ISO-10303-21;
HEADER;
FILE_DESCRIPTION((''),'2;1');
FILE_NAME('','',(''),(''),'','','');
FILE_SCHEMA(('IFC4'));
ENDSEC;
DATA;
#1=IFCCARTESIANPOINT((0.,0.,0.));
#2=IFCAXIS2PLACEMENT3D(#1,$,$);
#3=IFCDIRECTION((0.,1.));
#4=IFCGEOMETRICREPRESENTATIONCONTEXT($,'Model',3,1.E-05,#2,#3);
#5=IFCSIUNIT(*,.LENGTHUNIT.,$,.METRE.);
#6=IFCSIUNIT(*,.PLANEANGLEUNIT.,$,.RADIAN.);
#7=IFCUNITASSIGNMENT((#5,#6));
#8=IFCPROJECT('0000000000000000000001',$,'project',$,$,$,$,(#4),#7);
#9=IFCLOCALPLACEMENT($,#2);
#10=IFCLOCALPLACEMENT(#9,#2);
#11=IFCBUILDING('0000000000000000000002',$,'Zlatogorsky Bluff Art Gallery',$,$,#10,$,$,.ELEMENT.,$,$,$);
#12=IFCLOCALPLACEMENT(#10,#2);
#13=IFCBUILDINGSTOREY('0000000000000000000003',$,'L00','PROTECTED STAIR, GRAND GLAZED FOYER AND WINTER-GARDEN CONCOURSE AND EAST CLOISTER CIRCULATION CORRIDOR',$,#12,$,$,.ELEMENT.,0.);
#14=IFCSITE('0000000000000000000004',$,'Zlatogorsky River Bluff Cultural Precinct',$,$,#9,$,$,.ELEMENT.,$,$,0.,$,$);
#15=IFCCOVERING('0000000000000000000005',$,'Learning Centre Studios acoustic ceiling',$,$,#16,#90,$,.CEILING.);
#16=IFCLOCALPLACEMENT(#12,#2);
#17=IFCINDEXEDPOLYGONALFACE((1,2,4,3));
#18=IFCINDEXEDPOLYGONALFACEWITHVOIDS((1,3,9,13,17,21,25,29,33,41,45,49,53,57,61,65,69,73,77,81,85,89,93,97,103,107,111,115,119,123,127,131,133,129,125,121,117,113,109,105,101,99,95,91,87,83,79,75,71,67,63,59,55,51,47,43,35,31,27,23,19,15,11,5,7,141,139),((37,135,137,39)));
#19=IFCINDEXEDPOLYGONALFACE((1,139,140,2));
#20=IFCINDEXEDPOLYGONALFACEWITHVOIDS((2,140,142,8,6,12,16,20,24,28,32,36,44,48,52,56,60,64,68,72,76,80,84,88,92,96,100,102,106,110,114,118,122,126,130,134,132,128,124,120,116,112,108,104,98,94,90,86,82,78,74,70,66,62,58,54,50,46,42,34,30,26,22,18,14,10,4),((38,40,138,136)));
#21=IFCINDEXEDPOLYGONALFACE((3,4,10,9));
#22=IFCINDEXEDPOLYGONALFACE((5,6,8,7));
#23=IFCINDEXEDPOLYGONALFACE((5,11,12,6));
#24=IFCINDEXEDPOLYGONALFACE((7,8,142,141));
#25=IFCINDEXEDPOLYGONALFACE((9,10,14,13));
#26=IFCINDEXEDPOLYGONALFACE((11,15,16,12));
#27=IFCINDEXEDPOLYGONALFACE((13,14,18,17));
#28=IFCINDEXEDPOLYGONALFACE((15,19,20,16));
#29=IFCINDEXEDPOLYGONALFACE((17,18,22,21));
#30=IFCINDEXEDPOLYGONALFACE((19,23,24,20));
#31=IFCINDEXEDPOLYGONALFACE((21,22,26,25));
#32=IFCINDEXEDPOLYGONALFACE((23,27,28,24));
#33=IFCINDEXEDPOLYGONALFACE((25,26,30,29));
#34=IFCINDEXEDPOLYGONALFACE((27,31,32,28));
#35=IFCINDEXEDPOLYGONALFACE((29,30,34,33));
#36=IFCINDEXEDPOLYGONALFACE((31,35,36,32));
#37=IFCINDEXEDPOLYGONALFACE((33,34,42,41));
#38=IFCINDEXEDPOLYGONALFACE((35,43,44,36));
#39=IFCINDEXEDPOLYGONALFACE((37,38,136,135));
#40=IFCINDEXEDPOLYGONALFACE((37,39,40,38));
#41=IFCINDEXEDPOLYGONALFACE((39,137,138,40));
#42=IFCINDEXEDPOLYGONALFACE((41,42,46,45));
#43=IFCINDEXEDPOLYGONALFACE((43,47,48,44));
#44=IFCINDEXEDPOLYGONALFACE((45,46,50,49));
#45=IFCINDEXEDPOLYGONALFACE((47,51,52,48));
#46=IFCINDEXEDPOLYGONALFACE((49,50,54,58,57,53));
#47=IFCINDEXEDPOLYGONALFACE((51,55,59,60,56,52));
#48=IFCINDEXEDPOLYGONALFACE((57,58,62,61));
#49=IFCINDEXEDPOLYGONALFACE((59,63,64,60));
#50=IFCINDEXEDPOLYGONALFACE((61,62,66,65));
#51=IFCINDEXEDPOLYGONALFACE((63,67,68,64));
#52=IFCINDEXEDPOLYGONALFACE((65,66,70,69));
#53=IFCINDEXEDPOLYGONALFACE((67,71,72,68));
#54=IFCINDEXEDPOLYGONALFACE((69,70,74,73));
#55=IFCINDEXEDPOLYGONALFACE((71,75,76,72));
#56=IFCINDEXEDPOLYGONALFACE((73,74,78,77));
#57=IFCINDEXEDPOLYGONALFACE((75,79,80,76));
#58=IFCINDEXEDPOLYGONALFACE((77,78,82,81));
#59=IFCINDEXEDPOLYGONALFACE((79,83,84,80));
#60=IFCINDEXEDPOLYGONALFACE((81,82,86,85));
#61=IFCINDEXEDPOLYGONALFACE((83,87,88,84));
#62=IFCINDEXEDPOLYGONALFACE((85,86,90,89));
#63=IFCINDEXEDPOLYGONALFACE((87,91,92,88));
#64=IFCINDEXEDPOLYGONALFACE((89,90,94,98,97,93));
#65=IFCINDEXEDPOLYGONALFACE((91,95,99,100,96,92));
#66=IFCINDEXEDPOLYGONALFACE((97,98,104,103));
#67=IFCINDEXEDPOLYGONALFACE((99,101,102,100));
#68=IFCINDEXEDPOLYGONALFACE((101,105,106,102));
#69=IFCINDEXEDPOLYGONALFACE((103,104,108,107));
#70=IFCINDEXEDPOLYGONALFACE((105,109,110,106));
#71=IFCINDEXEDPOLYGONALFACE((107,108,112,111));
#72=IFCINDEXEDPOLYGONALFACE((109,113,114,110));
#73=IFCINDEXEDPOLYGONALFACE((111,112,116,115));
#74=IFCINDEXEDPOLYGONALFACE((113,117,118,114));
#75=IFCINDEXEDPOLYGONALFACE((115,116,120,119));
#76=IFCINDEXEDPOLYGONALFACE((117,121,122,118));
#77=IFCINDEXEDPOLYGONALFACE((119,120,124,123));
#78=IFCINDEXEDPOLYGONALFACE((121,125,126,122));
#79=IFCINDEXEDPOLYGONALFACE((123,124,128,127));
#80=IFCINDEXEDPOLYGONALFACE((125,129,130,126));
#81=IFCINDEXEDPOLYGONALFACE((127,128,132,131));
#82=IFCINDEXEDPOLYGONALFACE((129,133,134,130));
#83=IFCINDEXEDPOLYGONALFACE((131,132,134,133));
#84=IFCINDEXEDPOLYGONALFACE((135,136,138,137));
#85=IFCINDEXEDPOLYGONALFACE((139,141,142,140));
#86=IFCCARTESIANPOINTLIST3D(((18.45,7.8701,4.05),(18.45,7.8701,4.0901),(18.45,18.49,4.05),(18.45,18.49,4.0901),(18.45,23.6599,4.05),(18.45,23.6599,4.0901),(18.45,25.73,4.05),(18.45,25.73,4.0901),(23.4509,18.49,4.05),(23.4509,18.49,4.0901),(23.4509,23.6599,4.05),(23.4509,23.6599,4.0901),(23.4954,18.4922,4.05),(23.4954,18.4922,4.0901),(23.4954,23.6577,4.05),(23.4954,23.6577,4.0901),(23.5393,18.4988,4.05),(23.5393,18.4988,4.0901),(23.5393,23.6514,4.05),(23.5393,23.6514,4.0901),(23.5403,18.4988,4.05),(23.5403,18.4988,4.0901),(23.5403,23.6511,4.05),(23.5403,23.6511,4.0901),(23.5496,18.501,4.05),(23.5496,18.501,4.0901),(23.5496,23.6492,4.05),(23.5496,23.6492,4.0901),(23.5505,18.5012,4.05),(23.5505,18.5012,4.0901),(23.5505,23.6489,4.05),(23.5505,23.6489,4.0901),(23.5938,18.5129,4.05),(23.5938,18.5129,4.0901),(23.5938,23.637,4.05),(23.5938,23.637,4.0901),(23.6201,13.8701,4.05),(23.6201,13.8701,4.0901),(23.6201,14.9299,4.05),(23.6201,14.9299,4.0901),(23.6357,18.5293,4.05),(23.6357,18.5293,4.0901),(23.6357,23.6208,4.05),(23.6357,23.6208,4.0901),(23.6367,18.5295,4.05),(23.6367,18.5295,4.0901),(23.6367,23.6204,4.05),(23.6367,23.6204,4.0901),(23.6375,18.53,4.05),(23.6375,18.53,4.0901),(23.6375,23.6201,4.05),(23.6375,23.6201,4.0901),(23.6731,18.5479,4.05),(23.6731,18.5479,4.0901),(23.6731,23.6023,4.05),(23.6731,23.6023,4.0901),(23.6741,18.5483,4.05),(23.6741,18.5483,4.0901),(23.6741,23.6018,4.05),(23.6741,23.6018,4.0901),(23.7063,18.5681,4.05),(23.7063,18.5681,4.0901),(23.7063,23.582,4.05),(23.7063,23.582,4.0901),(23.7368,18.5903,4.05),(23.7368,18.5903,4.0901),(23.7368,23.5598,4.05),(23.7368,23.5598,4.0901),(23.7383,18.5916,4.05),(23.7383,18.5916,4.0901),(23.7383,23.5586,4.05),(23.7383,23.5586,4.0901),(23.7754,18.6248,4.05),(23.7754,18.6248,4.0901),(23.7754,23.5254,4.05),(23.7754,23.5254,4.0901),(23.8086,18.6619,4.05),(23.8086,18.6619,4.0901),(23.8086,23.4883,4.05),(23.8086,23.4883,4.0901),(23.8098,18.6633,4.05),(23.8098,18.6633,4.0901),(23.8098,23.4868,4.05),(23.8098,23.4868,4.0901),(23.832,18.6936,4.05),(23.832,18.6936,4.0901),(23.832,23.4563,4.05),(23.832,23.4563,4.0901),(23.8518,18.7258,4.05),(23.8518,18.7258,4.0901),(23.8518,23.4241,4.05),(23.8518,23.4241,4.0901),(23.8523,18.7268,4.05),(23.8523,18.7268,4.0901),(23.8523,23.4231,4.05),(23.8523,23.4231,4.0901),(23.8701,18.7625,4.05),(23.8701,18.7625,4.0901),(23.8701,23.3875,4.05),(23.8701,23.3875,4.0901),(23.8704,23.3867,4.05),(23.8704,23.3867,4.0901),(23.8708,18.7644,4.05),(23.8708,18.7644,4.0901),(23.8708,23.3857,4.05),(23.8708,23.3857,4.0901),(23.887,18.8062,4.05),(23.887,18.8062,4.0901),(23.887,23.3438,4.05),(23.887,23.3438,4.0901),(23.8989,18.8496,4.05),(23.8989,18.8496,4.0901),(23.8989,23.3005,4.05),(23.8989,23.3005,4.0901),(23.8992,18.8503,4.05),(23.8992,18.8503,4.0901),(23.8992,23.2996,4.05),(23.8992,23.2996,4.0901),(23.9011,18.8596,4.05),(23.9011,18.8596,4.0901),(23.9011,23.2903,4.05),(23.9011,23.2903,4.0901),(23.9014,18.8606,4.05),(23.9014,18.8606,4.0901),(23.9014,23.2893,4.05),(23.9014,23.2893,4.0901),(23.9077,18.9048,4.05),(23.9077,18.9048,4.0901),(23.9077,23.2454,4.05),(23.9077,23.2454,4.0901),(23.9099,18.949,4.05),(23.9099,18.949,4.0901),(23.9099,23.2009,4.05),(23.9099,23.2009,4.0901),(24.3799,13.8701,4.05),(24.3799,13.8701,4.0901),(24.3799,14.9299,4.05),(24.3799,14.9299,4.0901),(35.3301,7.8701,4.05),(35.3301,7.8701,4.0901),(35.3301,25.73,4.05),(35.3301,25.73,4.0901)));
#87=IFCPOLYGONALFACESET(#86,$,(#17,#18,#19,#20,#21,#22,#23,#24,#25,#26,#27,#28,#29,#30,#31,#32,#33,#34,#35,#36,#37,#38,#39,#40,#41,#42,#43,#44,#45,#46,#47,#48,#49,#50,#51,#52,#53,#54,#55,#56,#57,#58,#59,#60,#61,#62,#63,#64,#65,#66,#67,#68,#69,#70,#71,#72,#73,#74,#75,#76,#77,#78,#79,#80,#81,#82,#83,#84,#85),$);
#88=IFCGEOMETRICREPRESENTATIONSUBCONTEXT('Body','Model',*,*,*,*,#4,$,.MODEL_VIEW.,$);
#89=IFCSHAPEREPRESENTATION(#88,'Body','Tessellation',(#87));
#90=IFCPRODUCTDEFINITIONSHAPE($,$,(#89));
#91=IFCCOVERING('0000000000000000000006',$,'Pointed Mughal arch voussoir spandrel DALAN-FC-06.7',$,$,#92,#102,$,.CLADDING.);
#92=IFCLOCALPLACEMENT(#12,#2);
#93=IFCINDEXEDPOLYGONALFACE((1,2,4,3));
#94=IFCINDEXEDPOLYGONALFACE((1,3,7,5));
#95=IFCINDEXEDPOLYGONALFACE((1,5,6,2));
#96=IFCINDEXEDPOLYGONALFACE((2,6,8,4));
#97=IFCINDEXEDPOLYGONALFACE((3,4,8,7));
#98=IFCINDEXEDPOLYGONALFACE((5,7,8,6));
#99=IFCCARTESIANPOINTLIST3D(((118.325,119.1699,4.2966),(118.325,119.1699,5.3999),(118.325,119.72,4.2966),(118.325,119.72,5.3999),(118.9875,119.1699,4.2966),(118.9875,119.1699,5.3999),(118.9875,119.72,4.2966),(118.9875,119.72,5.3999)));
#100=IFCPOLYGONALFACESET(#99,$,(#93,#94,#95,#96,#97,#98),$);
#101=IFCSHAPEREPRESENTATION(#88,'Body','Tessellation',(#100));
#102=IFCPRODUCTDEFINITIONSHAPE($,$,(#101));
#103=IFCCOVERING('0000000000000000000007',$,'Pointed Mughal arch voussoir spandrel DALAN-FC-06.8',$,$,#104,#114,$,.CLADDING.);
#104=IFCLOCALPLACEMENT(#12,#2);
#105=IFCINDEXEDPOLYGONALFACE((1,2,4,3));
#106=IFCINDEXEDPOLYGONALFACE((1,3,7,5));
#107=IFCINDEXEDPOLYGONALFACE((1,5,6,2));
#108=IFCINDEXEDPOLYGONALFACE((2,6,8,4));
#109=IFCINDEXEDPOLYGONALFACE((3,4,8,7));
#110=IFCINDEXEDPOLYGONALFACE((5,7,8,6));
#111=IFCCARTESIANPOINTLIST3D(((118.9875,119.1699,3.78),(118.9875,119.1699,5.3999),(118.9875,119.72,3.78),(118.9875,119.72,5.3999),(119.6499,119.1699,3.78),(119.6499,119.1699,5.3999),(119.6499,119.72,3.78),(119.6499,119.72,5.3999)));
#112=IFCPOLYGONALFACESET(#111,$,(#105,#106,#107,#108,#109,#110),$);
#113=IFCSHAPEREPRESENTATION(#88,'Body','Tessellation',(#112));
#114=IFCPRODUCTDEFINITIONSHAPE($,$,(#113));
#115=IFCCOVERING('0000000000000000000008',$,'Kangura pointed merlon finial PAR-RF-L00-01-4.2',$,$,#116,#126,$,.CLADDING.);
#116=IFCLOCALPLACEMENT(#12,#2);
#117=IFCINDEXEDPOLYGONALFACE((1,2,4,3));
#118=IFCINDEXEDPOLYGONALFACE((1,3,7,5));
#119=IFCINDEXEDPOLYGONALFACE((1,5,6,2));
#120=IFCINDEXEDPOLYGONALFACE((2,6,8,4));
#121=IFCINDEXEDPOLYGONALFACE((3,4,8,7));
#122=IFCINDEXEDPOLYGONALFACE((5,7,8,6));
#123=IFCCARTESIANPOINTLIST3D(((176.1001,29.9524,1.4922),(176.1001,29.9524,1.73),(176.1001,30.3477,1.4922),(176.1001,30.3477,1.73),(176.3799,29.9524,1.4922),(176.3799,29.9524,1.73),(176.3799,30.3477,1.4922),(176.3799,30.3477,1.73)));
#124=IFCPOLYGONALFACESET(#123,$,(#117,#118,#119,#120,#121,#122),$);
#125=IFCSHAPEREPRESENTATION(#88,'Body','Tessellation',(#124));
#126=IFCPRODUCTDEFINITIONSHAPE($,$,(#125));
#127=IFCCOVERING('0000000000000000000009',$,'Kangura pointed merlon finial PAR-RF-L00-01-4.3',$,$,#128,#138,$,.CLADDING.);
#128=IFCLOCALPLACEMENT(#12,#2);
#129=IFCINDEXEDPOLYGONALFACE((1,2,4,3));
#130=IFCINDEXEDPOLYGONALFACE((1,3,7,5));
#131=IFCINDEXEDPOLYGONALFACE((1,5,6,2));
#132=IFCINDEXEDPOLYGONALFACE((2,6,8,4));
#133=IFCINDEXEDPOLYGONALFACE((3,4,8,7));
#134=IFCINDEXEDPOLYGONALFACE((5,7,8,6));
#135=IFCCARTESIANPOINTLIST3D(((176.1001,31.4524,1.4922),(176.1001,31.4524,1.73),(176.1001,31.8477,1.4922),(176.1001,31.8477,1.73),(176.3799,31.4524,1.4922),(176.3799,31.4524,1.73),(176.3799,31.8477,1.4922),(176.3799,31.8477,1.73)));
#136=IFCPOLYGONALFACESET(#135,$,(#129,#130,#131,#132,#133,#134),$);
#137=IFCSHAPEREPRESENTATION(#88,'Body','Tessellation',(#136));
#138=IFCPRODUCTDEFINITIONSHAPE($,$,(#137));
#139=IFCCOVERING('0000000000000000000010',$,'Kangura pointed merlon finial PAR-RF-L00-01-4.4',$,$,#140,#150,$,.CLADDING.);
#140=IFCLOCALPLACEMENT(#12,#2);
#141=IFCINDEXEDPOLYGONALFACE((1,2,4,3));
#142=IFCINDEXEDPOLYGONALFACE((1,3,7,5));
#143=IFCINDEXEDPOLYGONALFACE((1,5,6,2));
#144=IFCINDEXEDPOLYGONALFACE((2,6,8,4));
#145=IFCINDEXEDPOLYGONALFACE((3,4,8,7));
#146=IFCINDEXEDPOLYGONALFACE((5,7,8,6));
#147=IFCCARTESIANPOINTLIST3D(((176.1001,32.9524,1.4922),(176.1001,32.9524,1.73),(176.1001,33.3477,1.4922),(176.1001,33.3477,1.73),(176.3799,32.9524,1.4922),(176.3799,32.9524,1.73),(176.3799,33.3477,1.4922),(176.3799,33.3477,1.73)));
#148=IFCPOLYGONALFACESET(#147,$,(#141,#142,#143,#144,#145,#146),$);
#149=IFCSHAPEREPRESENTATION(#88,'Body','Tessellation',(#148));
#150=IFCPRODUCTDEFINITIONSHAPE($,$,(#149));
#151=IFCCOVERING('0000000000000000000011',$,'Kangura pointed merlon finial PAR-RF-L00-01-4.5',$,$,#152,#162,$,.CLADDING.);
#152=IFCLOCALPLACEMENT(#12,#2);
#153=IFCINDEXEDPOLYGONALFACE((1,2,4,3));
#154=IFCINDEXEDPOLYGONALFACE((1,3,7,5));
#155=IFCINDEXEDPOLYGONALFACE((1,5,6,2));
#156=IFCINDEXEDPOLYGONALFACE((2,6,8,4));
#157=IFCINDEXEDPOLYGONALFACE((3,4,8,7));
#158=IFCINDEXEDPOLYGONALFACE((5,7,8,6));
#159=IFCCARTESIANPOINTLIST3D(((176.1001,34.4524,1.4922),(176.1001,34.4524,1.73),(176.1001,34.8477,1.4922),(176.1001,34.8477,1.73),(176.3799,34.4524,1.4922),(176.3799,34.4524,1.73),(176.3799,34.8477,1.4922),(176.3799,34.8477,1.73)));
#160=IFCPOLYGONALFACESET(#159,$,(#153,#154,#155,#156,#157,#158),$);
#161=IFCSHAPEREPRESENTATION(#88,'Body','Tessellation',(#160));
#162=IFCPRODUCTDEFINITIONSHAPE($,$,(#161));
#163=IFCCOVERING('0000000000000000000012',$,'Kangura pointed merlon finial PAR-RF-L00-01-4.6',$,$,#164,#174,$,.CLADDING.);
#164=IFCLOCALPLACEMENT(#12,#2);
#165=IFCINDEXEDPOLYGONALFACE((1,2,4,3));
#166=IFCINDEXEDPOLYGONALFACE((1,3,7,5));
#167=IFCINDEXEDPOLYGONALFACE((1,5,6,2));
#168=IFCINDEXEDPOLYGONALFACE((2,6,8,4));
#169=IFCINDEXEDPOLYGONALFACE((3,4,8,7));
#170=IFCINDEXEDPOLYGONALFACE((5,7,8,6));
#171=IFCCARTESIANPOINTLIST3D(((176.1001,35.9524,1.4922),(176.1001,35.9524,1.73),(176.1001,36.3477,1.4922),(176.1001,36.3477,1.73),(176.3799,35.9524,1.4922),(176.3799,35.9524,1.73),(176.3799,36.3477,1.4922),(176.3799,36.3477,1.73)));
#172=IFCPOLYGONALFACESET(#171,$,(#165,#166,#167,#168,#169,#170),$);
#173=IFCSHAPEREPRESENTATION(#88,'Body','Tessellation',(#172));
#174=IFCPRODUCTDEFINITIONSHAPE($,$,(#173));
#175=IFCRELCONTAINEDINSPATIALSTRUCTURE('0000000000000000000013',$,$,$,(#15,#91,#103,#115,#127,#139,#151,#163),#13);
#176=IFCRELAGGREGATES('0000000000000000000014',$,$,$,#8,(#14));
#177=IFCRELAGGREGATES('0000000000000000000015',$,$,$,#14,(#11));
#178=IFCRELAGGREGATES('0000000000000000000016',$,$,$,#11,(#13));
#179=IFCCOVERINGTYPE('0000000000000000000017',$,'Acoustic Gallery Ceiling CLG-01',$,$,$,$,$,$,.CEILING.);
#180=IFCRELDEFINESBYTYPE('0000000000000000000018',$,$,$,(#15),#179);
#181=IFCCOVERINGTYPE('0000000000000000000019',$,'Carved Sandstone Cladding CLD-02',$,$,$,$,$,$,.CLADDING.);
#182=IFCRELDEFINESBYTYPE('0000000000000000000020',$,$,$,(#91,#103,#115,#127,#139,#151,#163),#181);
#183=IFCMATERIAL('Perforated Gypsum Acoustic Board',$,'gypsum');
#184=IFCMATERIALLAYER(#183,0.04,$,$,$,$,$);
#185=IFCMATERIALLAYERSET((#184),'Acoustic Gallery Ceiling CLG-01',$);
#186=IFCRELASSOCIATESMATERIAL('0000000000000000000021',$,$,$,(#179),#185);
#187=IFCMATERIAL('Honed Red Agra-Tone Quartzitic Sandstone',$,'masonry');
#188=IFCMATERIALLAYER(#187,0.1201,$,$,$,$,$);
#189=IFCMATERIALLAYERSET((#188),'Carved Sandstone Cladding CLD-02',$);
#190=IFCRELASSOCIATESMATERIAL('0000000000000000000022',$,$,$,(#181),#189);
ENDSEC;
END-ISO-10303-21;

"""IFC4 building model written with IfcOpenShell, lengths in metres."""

from ifc_helpers import new_model, si_unit, direction, frame, origin, place, context, subcontext, project, spatial, polyline, outline, extrude, material, layer, layer_set, type_object, element, save


model = new_model("IFC4")

# Units and contexts
model_context = context("Model", 3, precision=1e-05, world=origin(), true_north=direction((0.0, 1.0)))
body_context = subcontext(model_context, "Body", "Model", "MODEL_VIEW")
ifc_project = project(units=[si_unit("LENGTHUNIT", "METRE"), si_unit("PLANEANGLEUNIT", "RADIAN")], contexts=[model_context])

# Site, building, storey
site_placement = place(None, origin())
site = spatial("IfcSite", under=ifc_project, at=site_placement, Name="Zlatogorsky River Bluff Cultural Precinct", CompositionType="ELEMENT", RefElevation=0.0)
building_placement = place(site_placement, origin())
building = spatial("IfcBuilding", under=site, at=building_placement, Name="Zlatogorsky Bluff Art Gallery", CompositionType="ELEMENT")
storey_placement = place(building_placement, origin())
storey = spatial("IfcBuildingStorey", under=building, at=storey_placement, Name="L00", Description="PROTECTED STAIR, GRAND GLAZED FOYER AND WINTER-GARDEN CONCOURSE AND EAST CLOISTER CIRCULATION CORRIDOR", CompositionType="ELEMENT", Elevation=0.0)

# Coverings
ifc_material_1 = material(Name="Perforated Gypsum Acoustic Board", Category="gypsum")
ifc_layer_1 = layer(ifc_material_1, 0.04)
ifc_layer_set_1 = layer_set([ifc_layer_1], Name="Acoustic Gallery Ceiling CLG-01")
covering_type_1 = type_object("IfcCoveringType", Name="Acoustic Gallery Ceiling CLG-01", PredefinedType="CEILING", material=ifc_layer_set_1)
covering_1_placement = place(storey_placement, frame((0.0, 0.0, 4.05)))
element("IfcCovering", 1, at=covering_1_placement, inside=storey, type_object=covering_type_1, Name="Learning Centre Studios acoustic ceiling", PredefinedType="CEILING", context=body_context, shape_type="SweptSolid", body=[
    extrude(outline(polyline([(35.3301, 7.8701), (18.45, 7.8701), (18.45, 18.49), (23.4509, 18.49), (23.4954, 18.4922), (23.5393, 18.4988), (23.5403, 18.4988), (23.5496, 18.501), (23.5505, 18.5012), (23.5938, 18.5129), (23.6357, 18.5293), (23.6367, 18.5295), (23.6375, 18.53), (23.6731, 18.5479), (23.6741, 18.5483), (23.7063, 18.5681), (23.7368, 18.5903), (23.7383, 18.5916), (23.7754, 18.6248), (23.8086, 18.6619), (23.8098, 18.6633), (23.832, 18.6936), (23.8518, 18.7258), (23.8523, 18.7268), (23.8701, 18.7625), (23.8708, 18.7644), (23.887, 18.8062), (23.8989, 18.8496), (23.8992, 18.8503), (23.9011, 18.8596), (23.9014, 18.8606), (23.9077, 18.9048), (23.9099, 18.949), (23.9099, 23.2009), (23.9077, 23.2454), (23.9014, 23.2893), (23.9011, 23.2903), (23.8992, 23.2996), (23.8989, 23.3005), (23.887, 23.3438), (23.8708, 23.3857), (23.8704, 23.3867), (23.8701, 23.3875), (23.8523, 23.4231), (23.8518, 23.4241), (23.832, 23.4563), (23.8098, 23.4868), (23.8086, 23.4883), (23.7754, 23.5254), (23.7383, 23.5586), (23.7368, 23.5598), (23.7063, 23.582), (23.6741, 23.6018), (23.6731, 23.6023), (23.6375, 23.6201), (23.6367, 23.6204), (23.6357, 23.6208), (23.5938, 23.637), (23.5505, 23.6489), (23.5496, 23.6492), (23.5403, 23.6511), (23.5393, 23.6514), (23.4954, 23.6577), (23.4509, 23.6599), (18.45, 23.6599), (18.45, 25.73), (35.3301, 25.73), (35.3301, 7.8701)]), holes=[polyline([(23.6201, 13.8701), (24.3799, 13.8701), (24.3799, 14.9299), (23.6201, 14.9299), (23.6201, 13.8701)])]), origin(), (0.0, 0.0, 1.0), 0.04),
])
ifc_material_2 = material(Name="Honed Red Agra-Tone Quartzitic Sandstone", Category="masonry")
ifc_layer_2 = layer(ifc_material_2, 0.1201)
ifc_layer_set_2 = layer_set([ifc_layer_2], Name="Carved Sandstone Cladding CLD-02")
covering_type_2 = type_object("IfcCoveringType", Name="Carved Sandstone Cladding CLD-02", PredefinedType="CLADDING", material=ifc_layer_set_2)
covering_2_placement = place(storey_placement, frame((0.0, 0.0, 4.2966)))
element("IfcCovering", 2, at=covering_2_placement, inside=storey, type_object=covering_type_2, Name="Pointed Mughal arch voussoir spandrel DALAN-FC-06.7", PredefinedType="CLADDING", context=body_context, shape_type="SweptSolid", body=[
    extrude(outline(polyline([(118.325, 119.1699), (118.9875, 119.1699), (118.9875, 119.72), (118.325, 119.72), (118.325, 119.1699)])), origin(), (0.0, 0.0, 1.0), 1.1033),
])
covering_3_placement = place(storey_placement, frame((0.0, 0.0, 3.78)))
element("IfcCovering", 3, at=covering_3_placement, inside=storey, type_object=covering_type_2, Name="Pointed Mughal arch voussoir spandrel DALAN-FC-06.8", PredefinedType="CLADDING", context=body_context, shape_type="SweptSolid", body=[
    extrude(outline(polyline([(118.9875, 119.1699), (119.6499, 119.1699), (119.6499, 119.72), (118.9875, 119.72), (118.9875, 119.1699)])), origin(), (0.0, 0.0, 1.0), 1.6199),
])
covering_4_placement = place(storey_placement, frame((0.0, 0.0, 1.4922)))
element("IfcCovering", 4, at=covering_4_placement, inside=storey, type_object=covering_type_2, Name="Kangura pointed merlon finial PAR-RF-L00-01-4.2", PredefinedType="CLADDING", context=body_context, shape_type="SweptSolid", body=[
    extrude(outline(polyline([(176.1001, 29.9524), (176.1001, 30.3477), (176.3799, 30.3477), (176.3799, 29.9524), (176.1001, 29.9524)])), origin(), (0.0, 0.0, 1.0), 0.2378),
])
covering_5_placement = place(storey_placement, frame((0.0, 0.0, 1.4922)))
element("IfcCovering", 5, at=covering_5_placement, inside=storey, type_object=covering_type_2, Name="Kangura pointed merlon finial PAR-RF-L00-01-4.3", PredefinedType="CLADDING", context=body_context, shape_type="SweptSolid", body=[
    extrude(outline(polyline([(176.1001, 31.4524), (176.1001, 31.8477), (176.3799, 31.8477), (176.3799, 31.4524), (176.1001, 31.4524)])), origin(), (0.0, 0.0, 1.0), 0.2378),
])
covering_6_placement = place(storey_placement, frame((0.0, 0.0, 1.4922)))
element("IfcCovering", 6, at=covering_6_placement, inside=storey, type_object=covering_type_2, Name="Kangura pointed merlon finial PAR-RF-L00-01-4.4", PredefinedType="CLADDING", context=body_context, shape_type="SweptSolid", body=[
    extrude(outline(polyline([(176.1001, 32.9524), (176.1001, 33.3477), (176.3799, 33.3477), (176.3799, 32.9524), (176.1001, 32.9524)])), origin(), (0.0, 0.0, 1.0), 0.2378),
])
covering_7_placement = place(storey_placement, frame((0.0, 0.0, 1.4922)))
element("IfcCovering", 7, at=covering_7_placement, inside=storey, type_object=covering_type_2, Name="Kangura pointed merlon finial PAR-RF-L00-01-4.5", PredefinedType="CLADDING", context=body_context, shape_type="SweptSolid", body=[
    extrude(outline(polyline([(176.1001, 34.4524), (176.1001, 34.8477), (176.3799, 34.8477), (176.3799, 34.4524), (176.1001, 34.4524)])), origin(), (0.0, 0.0, 1.0), 0.2378),
])
covering_8_placement = place(storey_placement, frame((0.0, 0.0, 1.4922)))
element("IfcCovering", 8, at=covering_8_placement, inside=storey, type_object=covering_type_2, Name="Kangura pointed merlon finial PAR-RF-L00-01-4.6", PredefinedType="CLADDING", context=body_context, shape_type="SweptSolid", body=[
    extrude(outline(polyline([(176.1001, 35.9524), (176.1001, 36.3477), (176.3799, 36.3477), (176.3799, 35.9524), (176.1001, 35.9524)])), origin(), (0.0, 0.0, 1.0), 0.2378),
])

save(model, "model.ifc")
